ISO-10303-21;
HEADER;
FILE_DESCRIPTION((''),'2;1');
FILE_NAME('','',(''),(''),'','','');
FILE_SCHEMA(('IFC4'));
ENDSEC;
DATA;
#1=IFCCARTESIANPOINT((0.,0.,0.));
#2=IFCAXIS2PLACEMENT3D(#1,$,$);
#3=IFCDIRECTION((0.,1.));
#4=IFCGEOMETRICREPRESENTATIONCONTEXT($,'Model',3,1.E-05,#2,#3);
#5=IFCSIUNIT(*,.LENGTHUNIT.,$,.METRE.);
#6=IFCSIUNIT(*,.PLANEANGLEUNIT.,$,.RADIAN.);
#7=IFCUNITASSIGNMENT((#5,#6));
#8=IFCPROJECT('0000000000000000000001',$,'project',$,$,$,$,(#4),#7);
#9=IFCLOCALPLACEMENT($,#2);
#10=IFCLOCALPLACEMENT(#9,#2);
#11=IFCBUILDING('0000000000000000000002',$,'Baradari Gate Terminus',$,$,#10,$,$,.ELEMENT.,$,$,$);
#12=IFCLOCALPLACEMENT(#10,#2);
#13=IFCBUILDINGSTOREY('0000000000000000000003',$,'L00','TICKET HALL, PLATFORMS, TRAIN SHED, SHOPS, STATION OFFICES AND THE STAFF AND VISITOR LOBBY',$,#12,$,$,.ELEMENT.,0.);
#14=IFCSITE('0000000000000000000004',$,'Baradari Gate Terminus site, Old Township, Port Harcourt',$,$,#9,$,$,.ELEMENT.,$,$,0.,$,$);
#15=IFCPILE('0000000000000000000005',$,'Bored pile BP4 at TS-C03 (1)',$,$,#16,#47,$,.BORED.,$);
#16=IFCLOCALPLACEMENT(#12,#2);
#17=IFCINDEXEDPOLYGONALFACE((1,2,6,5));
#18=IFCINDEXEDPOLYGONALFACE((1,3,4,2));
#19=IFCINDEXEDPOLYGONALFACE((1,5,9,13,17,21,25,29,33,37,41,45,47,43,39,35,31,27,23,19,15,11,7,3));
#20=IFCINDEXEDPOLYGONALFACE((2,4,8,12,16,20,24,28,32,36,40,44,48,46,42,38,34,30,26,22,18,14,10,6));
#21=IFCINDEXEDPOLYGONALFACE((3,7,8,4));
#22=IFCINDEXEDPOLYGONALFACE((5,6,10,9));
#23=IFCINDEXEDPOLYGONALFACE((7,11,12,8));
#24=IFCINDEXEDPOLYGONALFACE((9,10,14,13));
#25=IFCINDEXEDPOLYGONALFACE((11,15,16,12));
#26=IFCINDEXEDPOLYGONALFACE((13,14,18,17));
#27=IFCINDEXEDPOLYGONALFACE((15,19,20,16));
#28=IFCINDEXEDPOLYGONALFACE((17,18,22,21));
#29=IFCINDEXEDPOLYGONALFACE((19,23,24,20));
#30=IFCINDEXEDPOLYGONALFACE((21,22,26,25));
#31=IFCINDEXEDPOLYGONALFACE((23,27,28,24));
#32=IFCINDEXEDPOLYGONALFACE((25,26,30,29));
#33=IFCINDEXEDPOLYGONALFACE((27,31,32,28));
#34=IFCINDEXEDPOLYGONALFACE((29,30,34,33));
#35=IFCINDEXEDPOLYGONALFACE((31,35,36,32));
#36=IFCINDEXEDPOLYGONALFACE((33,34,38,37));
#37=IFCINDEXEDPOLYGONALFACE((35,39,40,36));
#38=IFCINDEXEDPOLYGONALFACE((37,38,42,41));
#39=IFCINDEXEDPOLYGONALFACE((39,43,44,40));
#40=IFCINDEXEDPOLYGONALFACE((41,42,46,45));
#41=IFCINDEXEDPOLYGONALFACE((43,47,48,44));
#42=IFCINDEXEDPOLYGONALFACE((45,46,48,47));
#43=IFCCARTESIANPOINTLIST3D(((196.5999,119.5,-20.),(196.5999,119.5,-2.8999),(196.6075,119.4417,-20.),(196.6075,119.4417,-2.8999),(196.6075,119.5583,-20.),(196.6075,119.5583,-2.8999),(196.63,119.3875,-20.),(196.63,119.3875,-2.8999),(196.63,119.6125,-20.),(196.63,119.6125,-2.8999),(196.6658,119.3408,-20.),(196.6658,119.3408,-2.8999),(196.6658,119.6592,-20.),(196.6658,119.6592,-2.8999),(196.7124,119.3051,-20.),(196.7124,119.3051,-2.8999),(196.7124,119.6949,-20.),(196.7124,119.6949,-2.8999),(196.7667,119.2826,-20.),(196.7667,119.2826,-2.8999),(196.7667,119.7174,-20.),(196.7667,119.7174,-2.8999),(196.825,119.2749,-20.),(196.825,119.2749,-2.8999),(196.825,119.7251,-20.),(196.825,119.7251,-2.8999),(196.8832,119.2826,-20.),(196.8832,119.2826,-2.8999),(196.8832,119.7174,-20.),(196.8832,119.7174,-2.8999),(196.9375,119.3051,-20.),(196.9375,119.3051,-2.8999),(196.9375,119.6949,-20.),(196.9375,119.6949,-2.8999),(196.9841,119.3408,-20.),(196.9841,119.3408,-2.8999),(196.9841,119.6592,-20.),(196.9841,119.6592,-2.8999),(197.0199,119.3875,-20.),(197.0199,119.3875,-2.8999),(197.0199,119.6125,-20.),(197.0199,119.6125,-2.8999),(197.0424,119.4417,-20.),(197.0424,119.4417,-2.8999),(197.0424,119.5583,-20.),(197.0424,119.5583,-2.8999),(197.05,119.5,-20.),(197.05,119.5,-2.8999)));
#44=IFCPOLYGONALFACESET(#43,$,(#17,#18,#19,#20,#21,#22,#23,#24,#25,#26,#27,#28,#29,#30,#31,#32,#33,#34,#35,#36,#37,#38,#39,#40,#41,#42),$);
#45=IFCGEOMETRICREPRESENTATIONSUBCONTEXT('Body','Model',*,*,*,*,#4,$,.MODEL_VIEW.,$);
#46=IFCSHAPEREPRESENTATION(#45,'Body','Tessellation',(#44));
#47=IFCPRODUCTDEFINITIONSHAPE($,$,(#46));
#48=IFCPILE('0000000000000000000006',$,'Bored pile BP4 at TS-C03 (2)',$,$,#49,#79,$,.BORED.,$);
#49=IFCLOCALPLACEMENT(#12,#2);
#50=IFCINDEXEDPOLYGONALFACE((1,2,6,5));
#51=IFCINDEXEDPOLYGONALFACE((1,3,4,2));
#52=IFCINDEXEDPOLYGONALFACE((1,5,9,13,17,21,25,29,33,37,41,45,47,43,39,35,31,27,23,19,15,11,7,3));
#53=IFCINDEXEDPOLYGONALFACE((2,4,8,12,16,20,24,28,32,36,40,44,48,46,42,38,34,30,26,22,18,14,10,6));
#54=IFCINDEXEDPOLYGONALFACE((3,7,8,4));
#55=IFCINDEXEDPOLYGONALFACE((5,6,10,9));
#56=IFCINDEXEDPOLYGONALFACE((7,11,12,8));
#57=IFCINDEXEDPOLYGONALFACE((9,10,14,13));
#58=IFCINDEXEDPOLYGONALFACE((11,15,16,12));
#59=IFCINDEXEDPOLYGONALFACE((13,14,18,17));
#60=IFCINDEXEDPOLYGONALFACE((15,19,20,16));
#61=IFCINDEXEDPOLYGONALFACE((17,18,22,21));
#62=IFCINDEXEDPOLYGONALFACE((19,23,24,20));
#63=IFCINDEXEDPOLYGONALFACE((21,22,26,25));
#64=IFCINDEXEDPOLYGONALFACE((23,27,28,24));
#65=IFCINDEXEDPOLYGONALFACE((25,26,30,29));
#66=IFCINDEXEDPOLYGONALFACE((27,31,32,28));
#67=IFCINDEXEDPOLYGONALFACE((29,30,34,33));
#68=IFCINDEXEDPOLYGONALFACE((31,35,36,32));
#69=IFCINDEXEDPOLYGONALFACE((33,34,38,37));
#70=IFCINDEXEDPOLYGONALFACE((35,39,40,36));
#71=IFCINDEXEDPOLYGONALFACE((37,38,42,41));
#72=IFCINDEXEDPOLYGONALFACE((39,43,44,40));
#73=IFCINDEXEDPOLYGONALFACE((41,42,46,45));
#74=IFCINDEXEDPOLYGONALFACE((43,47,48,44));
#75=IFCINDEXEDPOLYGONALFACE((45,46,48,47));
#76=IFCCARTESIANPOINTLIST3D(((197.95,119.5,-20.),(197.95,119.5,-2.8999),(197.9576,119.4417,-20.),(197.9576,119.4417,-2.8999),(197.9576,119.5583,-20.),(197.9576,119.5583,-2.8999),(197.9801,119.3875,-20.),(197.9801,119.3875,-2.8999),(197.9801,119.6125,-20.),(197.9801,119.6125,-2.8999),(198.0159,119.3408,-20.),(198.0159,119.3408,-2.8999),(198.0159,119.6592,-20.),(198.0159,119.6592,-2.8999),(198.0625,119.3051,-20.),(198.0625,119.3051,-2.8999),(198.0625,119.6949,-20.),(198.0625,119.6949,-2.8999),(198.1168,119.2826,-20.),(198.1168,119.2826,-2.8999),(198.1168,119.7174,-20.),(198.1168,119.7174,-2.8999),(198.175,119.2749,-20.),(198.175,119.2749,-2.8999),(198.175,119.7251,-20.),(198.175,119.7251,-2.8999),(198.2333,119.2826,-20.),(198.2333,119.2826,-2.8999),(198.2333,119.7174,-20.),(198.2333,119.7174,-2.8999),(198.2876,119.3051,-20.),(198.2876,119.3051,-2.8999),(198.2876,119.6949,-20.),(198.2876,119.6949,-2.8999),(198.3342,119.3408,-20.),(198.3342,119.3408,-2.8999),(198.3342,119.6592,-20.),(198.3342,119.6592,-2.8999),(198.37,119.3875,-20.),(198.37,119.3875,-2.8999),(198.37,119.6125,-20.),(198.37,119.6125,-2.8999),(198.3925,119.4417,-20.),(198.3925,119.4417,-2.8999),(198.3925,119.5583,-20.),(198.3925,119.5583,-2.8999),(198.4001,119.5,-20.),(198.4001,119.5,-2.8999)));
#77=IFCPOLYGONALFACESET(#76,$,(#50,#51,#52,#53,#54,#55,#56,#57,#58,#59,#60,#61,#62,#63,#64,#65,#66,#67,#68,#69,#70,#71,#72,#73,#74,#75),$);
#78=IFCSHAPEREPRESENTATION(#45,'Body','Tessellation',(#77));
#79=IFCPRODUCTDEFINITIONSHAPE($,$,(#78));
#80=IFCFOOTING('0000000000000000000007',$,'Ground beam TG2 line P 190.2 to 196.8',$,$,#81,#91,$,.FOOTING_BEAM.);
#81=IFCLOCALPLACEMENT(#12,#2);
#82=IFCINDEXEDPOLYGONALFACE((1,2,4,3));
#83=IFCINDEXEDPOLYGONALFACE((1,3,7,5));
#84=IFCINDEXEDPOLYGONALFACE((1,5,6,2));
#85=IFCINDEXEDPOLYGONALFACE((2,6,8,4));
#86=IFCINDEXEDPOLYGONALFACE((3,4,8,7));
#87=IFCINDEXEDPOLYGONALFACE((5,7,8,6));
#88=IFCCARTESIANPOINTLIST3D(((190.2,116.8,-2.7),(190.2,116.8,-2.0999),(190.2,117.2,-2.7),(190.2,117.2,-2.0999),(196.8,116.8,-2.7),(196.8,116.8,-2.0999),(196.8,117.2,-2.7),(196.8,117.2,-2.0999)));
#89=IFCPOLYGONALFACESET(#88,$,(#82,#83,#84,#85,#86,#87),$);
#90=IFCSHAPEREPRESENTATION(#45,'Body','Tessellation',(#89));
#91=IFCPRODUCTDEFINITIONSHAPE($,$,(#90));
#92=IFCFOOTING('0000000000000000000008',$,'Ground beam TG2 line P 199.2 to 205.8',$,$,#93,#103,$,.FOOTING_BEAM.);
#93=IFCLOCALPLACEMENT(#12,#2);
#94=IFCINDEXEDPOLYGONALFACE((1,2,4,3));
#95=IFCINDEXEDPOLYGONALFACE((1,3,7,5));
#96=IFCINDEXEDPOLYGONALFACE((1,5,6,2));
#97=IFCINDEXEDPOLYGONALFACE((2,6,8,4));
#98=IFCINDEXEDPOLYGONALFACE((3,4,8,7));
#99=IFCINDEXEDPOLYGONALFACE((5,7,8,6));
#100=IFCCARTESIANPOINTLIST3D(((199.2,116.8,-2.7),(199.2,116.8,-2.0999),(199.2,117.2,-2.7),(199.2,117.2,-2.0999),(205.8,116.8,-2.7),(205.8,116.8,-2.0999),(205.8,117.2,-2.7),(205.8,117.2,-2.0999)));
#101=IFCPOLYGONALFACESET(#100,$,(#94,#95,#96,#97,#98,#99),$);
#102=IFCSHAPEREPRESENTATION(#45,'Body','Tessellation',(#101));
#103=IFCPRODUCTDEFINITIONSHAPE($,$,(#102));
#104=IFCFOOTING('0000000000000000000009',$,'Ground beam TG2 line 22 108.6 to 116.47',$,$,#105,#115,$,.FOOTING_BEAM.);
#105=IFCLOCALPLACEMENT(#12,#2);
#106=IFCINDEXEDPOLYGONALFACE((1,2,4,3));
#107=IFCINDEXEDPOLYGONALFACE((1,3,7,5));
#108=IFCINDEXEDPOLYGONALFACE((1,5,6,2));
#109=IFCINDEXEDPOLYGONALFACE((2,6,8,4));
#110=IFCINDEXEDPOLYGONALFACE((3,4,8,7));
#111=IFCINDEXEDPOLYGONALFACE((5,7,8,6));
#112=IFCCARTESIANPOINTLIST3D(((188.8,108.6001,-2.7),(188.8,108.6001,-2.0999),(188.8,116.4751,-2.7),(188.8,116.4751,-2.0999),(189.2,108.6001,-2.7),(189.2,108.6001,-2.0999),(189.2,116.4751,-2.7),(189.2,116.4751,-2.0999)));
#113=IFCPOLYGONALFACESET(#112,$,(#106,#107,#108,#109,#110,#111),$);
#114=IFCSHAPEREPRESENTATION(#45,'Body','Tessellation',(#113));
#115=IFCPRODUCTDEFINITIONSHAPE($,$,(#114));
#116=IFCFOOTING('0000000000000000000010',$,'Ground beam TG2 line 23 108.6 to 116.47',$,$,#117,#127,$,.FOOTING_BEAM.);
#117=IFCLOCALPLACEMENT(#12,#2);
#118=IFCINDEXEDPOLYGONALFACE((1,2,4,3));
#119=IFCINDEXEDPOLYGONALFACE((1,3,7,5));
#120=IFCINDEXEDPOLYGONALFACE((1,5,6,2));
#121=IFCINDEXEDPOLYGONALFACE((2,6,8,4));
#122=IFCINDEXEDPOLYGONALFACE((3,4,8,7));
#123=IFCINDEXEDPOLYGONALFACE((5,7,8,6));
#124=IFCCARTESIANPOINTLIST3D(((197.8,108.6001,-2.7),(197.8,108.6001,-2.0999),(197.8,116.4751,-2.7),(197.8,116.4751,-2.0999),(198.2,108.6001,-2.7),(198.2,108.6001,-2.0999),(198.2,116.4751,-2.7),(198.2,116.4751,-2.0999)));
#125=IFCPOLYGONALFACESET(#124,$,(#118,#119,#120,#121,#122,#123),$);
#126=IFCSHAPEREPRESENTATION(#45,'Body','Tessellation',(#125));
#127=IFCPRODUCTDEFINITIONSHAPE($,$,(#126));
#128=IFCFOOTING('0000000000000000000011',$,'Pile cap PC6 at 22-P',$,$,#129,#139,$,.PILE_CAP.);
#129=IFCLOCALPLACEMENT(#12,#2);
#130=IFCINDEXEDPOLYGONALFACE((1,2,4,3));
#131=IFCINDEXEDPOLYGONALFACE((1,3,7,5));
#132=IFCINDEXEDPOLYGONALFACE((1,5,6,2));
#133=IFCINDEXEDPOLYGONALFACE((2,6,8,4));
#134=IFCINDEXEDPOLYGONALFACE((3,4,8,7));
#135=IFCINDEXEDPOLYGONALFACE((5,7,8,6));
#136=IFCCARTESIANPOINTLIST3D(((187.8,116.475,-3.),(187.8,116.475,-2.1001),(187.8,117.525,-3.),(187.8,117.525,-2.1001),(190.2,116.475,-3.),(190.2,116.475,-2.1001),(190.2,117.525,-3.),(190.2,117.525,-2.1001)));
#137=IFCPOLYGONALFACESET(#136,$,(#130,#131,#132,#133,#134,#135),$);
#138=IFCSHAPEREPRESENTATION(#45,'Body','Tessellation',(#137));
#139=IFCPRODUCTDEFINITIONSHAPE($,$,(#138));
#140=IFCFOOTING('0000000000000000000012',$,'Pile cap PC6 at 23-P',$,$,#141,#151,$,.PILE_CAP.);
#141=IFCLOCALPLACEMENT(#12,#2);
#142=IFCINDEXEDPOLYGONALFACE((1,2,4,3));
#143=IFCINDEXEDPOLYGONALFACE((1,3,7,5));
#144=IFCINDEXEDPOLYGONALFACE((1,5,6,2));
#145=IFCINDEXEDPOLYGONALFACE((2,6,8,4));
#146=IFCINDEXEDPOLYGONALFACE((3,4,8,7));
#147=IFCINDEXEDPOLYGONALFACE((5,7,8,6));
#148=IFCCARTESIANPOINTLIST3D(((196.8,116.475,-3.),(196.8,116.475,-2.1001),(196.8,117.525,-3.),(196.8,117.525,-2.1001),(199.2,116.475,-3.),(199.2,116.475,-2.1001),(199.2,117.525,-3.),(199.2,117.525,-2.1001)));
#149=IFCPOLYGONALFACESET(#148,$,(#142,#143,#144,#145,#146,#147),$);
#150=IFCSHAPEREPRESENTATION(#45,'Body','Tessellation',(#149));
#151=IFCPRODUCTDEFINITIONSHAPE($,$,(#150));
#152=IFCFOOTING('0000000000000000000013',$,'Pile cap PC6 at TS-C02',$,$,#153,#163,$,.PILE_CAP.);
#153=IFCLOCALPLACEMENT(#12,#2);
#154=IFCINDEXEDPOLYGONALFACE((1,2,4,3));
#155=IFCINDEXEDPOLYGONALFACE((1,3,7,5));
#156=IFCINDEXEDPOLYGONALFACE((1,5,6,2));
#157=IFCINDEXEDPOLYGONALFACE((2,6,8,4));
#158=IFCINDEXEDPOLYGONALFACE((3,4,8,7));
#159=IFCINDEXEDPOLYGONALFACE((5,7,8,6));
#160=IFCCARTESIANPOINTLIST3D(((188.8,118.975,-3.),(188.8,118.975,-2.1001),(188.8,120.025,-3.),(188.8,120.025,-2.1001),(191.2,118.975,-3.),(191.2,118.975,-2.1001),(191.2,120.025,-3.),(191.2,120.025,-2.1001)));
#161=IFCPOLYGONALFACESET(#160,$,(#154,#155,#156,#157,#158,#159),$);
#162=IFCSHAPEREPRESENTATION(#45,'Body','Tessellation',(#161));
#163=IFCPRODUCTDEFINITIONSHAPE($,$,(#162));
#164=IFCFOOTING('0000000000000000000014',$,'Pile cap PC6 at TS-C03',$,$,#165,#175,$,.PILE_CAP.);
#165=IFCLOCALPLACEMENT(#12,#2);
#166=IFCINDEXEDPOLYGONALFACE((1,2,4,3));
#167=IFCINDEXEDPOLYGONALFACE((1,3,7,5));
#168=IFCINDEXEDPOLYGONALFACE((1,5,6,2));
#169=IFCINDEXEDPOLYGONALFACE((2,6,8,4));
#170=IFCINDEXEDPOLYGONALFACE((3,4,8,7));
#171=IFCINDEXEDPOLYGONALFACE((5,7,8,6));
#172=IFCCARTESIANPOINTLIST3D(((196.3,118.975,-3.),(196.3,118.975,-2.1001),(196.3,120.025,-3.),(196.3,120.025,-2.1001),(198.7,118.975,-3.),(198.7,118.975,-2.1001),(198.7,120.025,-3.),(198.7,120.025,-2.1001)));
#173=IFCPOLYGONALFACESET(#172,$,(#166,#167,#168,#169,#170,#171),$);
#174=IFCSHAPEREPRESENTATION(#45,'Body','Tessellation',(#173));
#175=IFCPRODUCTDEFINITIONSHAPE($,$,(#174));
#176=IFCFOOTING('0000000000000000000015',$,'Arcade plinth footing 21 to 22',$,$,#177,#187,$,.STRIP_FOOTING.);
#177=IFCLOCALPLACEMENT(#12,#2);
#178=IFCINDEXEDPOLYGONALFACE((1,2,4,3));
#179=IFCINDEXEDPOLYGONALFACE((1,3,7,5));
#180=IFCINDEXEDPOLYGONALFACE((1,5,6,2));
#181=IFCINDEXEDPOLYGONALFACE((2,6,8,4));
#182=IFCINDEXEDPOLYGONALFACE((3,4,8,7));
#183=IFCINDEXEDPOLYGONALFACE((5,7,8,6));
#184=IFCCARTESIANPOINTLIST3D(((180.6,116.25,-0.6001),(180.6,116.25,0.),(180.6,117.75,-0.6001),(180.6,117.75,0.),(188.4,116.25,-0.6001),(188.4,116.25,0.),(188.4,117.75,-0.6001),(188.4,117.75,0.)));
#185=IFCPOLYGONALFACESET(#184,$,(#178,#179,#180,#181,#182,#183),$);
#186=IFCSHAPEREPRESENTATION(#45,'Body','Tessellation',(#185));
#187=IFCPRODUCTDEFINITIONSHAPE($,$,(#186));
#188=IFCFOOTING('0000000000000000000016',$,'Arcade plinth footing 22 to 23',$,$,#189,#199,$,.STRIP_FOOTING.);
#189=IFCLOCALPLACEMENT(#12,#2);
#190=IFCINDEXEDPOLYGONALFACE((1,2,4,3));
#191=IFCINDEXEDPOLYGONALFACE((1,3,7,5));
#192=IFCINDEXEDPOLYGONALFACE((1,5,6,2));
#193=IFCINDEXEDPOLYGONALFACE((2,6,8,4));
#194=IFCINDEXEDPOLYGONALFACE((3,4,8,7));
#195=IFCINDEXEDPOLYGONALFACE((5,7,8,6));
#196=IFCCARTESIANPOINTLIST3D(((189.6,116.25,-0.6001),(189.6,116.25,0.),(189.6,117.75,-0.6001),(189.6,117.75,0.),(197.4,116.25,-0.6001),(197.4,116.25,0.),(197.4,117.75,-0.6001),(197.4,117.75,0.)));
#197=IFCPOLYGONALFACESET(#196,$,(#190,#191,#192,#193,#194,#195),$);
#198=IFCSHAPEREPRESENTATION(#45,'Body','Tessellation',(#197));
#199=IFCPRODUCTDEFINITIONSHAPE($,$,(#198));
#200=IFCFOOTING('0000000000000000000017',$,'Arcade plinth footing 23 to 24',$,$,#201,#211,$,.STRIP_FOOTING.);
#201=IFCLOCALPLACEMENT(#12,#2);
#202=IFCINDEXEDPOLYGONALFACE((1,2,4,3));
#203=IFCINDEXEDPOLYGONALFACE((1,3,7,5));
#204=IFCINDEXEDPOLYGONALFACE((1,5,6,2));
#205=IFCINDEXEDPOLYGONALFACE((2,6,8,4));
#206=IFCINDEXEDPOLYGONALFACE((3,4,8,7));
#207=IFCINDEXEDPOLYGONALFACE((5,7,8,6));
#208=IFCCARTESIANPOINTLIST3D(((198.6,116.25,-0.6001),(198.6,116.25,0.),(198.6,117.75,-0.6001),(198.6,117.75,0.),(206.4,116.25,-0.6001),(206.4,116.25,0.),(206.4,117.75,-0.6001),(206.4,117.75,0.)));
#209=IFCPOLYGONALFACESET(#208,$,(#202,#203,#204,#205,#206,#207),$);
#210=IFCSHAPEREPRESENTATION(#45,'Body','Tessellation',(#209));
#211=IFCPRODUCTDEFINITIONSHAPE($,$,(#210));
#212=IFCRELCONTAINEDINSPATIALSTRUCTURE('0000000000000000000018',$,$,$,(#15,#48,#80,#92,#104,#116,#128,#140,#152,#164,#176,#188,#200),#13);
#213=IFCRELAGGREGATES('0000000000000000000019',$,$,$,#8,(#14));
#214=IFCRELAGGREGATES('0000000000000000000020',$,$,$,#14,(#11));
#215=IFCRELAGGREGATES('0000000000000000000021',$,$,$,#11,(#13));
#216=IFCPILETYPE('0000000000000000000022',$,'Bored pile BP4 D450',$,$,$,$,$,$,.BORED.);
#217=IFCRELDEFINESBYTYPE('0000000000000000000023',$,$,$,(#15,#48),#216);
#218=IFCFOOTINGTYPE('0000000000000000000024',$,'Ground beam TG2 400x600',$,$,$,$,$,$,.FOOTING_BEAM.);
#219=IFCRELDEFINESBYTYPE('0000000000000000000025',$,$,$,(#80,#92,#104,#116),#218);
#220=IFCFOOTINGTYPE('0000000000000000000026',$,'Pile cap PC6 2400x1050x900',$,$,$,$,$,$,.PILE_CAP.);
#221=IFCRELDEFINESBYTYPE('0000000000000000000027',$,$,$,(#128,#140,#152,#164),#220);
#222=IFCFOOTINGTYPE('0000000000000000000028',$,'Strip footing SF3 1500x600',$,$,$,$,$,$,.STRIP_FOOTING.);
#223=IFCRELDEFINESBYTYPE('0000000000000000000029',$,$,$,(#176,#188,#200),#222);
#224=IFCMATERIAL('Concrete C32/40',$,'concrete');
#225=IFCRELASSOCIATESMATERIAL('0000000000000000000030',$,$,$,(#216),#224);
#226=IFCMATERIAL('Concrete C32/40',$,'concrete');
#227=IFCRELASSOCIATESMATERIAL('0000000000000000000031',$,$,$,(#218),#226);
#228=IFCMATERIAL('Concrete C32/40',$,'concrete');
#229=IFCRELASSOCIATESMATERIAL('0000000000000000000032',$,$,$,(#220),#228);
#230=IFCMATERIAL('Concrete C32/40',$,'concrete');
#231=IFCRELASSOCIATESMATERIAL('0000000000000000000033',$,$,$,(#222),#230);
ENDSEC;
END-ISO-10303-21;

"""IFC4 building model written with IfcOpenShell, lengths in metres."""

from ifc_helpers import new_model, si_unit, direction, frame, origin, origin_2d, place, context, subcontext, project, spatial, rectangle, circle, extrude, material, type_object, element, save


model = new_model("IFC4")

# Units and contexts
model_context = context("Model", 3, precision=1e-05, world=origin(), true_north=direction((0.0, 1.0)))
body_context = subcontext(model_context, "Body", "Model", "MODEL_VIEW")
ifc_project = project(units=[si_unit("LENGTHUNIT", "METRE"), si_unit("PLANEANGLEUNIT", "RADIAN")], contexts=[model_context])

# Site, building, storey
site_placement = place(None, origin())
site = spatial("IfcSite", under=ifc_project, at=site_placement, Name="Baradari Gate Terminus site, Old Township, Port Harcourt", CompositionType="ELEMENT", RefElevation=0.0)
building_placement = place(site_placement, origin())
building = spatial("IfcBuilding", under=site, at=building_placement, Name="Baradari Gate Terminus", CompositionType="ELEMENT")
storey_placement = place(building_placement, origin())
storey = spatial("IfcBuildingStorey", under=building, at=storey_placement, Name="L00", Description="TICKET HALL, PLATFORMS, TRAIN SHED, SHOPS, STATION OFFICES AND THE STAFF AND VISITOR LOBBY", CompositionType="ELEMENT", Elevation=0.0)

# Piles
ifc_material_1 = material(Name="Concrete C32/40", Category="concrete")
pile_type = type_object("IfcPileType", Name="Bored pile BP4 D450", PredefinedType="BORED", material=ifc_material_1)
for number, where, z_axis, x_axis, name in (
    (1, (196.825, 119.5, -2.8999), (0.0, 0.0, -1.0), (1.0, 0.0, 0.0), "Bored pile BP4 at TS-C03 (1)"),
    (2, (198.175, 119.5, -2.8999), (0.0, 0.0, -1.0), (1.0, 0.0, 0.0), "Bored pile BP4 at TS-C03 (2)"),
):
    element("IfcPile", number, at=place(storey_placement, frame(where, z_axis=z_axis, x_axis=x_axis)), inside=storey, type_object=pile_type, Name=name, PredefinedType="BORED", context=body_context, shape_type="SweptSolid", body=[
        extrude(circle(Radius=0.2251, at=origin_2d()), origin(), (0.0, 0.0, 1.0), 17.1001),
    ])

# Footings
ifc_material_2 = material(Name="Concrete C32/40", Category="concrete")
footing_type_1 = type_object("IfcFootingType", Name="Ground beam TG2 400x600", PredefinedType="FOOTING_BEAM", material=ifc_material_2)
for number, where, z_axis, x_axis, name in (
    (3, (193.5, 117.0, -2.7), (0.0, 0.0, 1.0), (1.0, 0.0, 0.0), "Ground beam TG2 line P 190.2 to 196.8"),
    (4, (202.5, 117.0, -2.7), (0.0, 0.0, 1.0), (1.0, 0.0, 0.0), "Ground beam TG2 line P 199.2 to 205.8"),
):
    element("IfcFooting", number, at=place(storey_placement, frame(where, z_axis=z_axis, x_axis=x_axis)), inside=storey, type_object=footing_type_1, Name=name, PredefinedType="FOOTING_BEAM", context=body_context, shape_type="SweptSolid", body=[
        extrude(rectangle(XDim=6.6001, YDim=0.3999, at=origin_2d()), origin(), (0.0, 0.0, 1.0), 0.6001),
    ])
for number, where, z_axis, x_axis, name in (
    (5, (189.0, 112.5376, -2.7), (0.0, 0.0, 1.0), (1.0, 0.0, 0.0), "Ground beam TG2 line 22 108.6 to 116.47"),
    (6, (198.0, 112.5376, -2.7), (0.0, 0.0, 1.0), (1.0, 0.0, 0.0), "Ground beam TG2 line 23 108.6 to 116.47"),
):
    element("IfcFooting", number, at=place(storey_placement, frame(where, z_axis=z_axis, x_axis=x_axis)), inside=storey, type_object=footing_type_1, Name=name, PredefinedType="FOOTING_BEAM", context=body_context, shape_type="SweptSolid", body=[
        extrude(rectangle(XDim=0.3999, YDim=7.875, at=origin_2d()), origin(), (0.0, 0.0, 1.0), 0.6001),
    ])
ifc_material_3 = material(Name="Concrete C32/40", Category="concrete")
footing_type_2 = type_object("IfcFootingType", Name="Pile cap PC6 2400x1050x900", PredefinedType="PILE_CAP", material=ifc_material_3)
for number, where, z_axis, x_axis, name in (
    (7, (189.0, 117.0, -3.0), (0.0, 0.0, 1.0), (1.0, 0.0, 0.0), "Pile cap PC6 at 22-P"),
    (8, (198.0, 117.0, -3.0), (0.0, 0.0, 1.0), (1.0, 0.0, 0.0), "Pile cap PC6 at 23-P"),
    (9, (190.0, 119.5, -3.0), (0.0, 0.0, 1.0), (1.0, 0.0, 0.0), "Pile cap PC6 at TS-C02"),
    (10, (197.5, 119.5, -3.0), (0.0, 0.0, 1.0), (1.0, 0.0, 0.0), "Pile cap PC6 at TS-C03"),
):
    element("IfcFooting", number, at=place(storey_placement, frame(where, z_axis=z_axis, x_axis=x_axis)), inside=storey, type_object=footing_type_2, Name=name, PredefinedType="PILE_CAP", context=body_context, shape_type="SweptSolid", body=[
        extrude(rectangle(XDim=2.3999, YDim=1.05, at=origin_2d()), origin(), (0.0, 0.0, 1.0), 0.8999),
    ])
ifc_material_4 = material(Name="Concrete C32/40", Category="concrete")
footing_type_3 = type_object("IfcFootingType", Name="Strip footing SF3 1500x600", PredefinedType="STRIP_FOOTING", material=ifc_material_4)
for number, where, z_axis, x_axis, name in (
    (11, (184.5, 117.0, -0.6001), (0.0, 0.0, 1.0), (1.0, 0.0, 0.0), "Arcade plinth footing 21 to 22"),
    (12, (193.5, 117.0, -0.6001), (0.0, 0.0, 1.0), (1.0, 0.0, 0.0), "Arcade plinth footing 22 to 23"),
    (13, (202.5, 117.0, -0.6001), (0.0, 0.0, 1.0), (1.0, 0.0, 0.0), "Arcade plinth footing 23 to 24"),
):
    element("IfcFooting", number, at=place(storey_placement, frame(where, z_axis=z_axis, x_axis=x_axis)), inside=storey, type_object=footing_type_3, Name=name, PredefinedType="STRIP_FOOTING", context=body_context, shape_type="SweptSolid", body=[
        extrude(rectangle(XDim=7.8, YDim=1.5, at=origin_2d()), origin(), (0.0, 0.0, 1.0), 0.6001),
    ])

save(model, "model.ifc")
